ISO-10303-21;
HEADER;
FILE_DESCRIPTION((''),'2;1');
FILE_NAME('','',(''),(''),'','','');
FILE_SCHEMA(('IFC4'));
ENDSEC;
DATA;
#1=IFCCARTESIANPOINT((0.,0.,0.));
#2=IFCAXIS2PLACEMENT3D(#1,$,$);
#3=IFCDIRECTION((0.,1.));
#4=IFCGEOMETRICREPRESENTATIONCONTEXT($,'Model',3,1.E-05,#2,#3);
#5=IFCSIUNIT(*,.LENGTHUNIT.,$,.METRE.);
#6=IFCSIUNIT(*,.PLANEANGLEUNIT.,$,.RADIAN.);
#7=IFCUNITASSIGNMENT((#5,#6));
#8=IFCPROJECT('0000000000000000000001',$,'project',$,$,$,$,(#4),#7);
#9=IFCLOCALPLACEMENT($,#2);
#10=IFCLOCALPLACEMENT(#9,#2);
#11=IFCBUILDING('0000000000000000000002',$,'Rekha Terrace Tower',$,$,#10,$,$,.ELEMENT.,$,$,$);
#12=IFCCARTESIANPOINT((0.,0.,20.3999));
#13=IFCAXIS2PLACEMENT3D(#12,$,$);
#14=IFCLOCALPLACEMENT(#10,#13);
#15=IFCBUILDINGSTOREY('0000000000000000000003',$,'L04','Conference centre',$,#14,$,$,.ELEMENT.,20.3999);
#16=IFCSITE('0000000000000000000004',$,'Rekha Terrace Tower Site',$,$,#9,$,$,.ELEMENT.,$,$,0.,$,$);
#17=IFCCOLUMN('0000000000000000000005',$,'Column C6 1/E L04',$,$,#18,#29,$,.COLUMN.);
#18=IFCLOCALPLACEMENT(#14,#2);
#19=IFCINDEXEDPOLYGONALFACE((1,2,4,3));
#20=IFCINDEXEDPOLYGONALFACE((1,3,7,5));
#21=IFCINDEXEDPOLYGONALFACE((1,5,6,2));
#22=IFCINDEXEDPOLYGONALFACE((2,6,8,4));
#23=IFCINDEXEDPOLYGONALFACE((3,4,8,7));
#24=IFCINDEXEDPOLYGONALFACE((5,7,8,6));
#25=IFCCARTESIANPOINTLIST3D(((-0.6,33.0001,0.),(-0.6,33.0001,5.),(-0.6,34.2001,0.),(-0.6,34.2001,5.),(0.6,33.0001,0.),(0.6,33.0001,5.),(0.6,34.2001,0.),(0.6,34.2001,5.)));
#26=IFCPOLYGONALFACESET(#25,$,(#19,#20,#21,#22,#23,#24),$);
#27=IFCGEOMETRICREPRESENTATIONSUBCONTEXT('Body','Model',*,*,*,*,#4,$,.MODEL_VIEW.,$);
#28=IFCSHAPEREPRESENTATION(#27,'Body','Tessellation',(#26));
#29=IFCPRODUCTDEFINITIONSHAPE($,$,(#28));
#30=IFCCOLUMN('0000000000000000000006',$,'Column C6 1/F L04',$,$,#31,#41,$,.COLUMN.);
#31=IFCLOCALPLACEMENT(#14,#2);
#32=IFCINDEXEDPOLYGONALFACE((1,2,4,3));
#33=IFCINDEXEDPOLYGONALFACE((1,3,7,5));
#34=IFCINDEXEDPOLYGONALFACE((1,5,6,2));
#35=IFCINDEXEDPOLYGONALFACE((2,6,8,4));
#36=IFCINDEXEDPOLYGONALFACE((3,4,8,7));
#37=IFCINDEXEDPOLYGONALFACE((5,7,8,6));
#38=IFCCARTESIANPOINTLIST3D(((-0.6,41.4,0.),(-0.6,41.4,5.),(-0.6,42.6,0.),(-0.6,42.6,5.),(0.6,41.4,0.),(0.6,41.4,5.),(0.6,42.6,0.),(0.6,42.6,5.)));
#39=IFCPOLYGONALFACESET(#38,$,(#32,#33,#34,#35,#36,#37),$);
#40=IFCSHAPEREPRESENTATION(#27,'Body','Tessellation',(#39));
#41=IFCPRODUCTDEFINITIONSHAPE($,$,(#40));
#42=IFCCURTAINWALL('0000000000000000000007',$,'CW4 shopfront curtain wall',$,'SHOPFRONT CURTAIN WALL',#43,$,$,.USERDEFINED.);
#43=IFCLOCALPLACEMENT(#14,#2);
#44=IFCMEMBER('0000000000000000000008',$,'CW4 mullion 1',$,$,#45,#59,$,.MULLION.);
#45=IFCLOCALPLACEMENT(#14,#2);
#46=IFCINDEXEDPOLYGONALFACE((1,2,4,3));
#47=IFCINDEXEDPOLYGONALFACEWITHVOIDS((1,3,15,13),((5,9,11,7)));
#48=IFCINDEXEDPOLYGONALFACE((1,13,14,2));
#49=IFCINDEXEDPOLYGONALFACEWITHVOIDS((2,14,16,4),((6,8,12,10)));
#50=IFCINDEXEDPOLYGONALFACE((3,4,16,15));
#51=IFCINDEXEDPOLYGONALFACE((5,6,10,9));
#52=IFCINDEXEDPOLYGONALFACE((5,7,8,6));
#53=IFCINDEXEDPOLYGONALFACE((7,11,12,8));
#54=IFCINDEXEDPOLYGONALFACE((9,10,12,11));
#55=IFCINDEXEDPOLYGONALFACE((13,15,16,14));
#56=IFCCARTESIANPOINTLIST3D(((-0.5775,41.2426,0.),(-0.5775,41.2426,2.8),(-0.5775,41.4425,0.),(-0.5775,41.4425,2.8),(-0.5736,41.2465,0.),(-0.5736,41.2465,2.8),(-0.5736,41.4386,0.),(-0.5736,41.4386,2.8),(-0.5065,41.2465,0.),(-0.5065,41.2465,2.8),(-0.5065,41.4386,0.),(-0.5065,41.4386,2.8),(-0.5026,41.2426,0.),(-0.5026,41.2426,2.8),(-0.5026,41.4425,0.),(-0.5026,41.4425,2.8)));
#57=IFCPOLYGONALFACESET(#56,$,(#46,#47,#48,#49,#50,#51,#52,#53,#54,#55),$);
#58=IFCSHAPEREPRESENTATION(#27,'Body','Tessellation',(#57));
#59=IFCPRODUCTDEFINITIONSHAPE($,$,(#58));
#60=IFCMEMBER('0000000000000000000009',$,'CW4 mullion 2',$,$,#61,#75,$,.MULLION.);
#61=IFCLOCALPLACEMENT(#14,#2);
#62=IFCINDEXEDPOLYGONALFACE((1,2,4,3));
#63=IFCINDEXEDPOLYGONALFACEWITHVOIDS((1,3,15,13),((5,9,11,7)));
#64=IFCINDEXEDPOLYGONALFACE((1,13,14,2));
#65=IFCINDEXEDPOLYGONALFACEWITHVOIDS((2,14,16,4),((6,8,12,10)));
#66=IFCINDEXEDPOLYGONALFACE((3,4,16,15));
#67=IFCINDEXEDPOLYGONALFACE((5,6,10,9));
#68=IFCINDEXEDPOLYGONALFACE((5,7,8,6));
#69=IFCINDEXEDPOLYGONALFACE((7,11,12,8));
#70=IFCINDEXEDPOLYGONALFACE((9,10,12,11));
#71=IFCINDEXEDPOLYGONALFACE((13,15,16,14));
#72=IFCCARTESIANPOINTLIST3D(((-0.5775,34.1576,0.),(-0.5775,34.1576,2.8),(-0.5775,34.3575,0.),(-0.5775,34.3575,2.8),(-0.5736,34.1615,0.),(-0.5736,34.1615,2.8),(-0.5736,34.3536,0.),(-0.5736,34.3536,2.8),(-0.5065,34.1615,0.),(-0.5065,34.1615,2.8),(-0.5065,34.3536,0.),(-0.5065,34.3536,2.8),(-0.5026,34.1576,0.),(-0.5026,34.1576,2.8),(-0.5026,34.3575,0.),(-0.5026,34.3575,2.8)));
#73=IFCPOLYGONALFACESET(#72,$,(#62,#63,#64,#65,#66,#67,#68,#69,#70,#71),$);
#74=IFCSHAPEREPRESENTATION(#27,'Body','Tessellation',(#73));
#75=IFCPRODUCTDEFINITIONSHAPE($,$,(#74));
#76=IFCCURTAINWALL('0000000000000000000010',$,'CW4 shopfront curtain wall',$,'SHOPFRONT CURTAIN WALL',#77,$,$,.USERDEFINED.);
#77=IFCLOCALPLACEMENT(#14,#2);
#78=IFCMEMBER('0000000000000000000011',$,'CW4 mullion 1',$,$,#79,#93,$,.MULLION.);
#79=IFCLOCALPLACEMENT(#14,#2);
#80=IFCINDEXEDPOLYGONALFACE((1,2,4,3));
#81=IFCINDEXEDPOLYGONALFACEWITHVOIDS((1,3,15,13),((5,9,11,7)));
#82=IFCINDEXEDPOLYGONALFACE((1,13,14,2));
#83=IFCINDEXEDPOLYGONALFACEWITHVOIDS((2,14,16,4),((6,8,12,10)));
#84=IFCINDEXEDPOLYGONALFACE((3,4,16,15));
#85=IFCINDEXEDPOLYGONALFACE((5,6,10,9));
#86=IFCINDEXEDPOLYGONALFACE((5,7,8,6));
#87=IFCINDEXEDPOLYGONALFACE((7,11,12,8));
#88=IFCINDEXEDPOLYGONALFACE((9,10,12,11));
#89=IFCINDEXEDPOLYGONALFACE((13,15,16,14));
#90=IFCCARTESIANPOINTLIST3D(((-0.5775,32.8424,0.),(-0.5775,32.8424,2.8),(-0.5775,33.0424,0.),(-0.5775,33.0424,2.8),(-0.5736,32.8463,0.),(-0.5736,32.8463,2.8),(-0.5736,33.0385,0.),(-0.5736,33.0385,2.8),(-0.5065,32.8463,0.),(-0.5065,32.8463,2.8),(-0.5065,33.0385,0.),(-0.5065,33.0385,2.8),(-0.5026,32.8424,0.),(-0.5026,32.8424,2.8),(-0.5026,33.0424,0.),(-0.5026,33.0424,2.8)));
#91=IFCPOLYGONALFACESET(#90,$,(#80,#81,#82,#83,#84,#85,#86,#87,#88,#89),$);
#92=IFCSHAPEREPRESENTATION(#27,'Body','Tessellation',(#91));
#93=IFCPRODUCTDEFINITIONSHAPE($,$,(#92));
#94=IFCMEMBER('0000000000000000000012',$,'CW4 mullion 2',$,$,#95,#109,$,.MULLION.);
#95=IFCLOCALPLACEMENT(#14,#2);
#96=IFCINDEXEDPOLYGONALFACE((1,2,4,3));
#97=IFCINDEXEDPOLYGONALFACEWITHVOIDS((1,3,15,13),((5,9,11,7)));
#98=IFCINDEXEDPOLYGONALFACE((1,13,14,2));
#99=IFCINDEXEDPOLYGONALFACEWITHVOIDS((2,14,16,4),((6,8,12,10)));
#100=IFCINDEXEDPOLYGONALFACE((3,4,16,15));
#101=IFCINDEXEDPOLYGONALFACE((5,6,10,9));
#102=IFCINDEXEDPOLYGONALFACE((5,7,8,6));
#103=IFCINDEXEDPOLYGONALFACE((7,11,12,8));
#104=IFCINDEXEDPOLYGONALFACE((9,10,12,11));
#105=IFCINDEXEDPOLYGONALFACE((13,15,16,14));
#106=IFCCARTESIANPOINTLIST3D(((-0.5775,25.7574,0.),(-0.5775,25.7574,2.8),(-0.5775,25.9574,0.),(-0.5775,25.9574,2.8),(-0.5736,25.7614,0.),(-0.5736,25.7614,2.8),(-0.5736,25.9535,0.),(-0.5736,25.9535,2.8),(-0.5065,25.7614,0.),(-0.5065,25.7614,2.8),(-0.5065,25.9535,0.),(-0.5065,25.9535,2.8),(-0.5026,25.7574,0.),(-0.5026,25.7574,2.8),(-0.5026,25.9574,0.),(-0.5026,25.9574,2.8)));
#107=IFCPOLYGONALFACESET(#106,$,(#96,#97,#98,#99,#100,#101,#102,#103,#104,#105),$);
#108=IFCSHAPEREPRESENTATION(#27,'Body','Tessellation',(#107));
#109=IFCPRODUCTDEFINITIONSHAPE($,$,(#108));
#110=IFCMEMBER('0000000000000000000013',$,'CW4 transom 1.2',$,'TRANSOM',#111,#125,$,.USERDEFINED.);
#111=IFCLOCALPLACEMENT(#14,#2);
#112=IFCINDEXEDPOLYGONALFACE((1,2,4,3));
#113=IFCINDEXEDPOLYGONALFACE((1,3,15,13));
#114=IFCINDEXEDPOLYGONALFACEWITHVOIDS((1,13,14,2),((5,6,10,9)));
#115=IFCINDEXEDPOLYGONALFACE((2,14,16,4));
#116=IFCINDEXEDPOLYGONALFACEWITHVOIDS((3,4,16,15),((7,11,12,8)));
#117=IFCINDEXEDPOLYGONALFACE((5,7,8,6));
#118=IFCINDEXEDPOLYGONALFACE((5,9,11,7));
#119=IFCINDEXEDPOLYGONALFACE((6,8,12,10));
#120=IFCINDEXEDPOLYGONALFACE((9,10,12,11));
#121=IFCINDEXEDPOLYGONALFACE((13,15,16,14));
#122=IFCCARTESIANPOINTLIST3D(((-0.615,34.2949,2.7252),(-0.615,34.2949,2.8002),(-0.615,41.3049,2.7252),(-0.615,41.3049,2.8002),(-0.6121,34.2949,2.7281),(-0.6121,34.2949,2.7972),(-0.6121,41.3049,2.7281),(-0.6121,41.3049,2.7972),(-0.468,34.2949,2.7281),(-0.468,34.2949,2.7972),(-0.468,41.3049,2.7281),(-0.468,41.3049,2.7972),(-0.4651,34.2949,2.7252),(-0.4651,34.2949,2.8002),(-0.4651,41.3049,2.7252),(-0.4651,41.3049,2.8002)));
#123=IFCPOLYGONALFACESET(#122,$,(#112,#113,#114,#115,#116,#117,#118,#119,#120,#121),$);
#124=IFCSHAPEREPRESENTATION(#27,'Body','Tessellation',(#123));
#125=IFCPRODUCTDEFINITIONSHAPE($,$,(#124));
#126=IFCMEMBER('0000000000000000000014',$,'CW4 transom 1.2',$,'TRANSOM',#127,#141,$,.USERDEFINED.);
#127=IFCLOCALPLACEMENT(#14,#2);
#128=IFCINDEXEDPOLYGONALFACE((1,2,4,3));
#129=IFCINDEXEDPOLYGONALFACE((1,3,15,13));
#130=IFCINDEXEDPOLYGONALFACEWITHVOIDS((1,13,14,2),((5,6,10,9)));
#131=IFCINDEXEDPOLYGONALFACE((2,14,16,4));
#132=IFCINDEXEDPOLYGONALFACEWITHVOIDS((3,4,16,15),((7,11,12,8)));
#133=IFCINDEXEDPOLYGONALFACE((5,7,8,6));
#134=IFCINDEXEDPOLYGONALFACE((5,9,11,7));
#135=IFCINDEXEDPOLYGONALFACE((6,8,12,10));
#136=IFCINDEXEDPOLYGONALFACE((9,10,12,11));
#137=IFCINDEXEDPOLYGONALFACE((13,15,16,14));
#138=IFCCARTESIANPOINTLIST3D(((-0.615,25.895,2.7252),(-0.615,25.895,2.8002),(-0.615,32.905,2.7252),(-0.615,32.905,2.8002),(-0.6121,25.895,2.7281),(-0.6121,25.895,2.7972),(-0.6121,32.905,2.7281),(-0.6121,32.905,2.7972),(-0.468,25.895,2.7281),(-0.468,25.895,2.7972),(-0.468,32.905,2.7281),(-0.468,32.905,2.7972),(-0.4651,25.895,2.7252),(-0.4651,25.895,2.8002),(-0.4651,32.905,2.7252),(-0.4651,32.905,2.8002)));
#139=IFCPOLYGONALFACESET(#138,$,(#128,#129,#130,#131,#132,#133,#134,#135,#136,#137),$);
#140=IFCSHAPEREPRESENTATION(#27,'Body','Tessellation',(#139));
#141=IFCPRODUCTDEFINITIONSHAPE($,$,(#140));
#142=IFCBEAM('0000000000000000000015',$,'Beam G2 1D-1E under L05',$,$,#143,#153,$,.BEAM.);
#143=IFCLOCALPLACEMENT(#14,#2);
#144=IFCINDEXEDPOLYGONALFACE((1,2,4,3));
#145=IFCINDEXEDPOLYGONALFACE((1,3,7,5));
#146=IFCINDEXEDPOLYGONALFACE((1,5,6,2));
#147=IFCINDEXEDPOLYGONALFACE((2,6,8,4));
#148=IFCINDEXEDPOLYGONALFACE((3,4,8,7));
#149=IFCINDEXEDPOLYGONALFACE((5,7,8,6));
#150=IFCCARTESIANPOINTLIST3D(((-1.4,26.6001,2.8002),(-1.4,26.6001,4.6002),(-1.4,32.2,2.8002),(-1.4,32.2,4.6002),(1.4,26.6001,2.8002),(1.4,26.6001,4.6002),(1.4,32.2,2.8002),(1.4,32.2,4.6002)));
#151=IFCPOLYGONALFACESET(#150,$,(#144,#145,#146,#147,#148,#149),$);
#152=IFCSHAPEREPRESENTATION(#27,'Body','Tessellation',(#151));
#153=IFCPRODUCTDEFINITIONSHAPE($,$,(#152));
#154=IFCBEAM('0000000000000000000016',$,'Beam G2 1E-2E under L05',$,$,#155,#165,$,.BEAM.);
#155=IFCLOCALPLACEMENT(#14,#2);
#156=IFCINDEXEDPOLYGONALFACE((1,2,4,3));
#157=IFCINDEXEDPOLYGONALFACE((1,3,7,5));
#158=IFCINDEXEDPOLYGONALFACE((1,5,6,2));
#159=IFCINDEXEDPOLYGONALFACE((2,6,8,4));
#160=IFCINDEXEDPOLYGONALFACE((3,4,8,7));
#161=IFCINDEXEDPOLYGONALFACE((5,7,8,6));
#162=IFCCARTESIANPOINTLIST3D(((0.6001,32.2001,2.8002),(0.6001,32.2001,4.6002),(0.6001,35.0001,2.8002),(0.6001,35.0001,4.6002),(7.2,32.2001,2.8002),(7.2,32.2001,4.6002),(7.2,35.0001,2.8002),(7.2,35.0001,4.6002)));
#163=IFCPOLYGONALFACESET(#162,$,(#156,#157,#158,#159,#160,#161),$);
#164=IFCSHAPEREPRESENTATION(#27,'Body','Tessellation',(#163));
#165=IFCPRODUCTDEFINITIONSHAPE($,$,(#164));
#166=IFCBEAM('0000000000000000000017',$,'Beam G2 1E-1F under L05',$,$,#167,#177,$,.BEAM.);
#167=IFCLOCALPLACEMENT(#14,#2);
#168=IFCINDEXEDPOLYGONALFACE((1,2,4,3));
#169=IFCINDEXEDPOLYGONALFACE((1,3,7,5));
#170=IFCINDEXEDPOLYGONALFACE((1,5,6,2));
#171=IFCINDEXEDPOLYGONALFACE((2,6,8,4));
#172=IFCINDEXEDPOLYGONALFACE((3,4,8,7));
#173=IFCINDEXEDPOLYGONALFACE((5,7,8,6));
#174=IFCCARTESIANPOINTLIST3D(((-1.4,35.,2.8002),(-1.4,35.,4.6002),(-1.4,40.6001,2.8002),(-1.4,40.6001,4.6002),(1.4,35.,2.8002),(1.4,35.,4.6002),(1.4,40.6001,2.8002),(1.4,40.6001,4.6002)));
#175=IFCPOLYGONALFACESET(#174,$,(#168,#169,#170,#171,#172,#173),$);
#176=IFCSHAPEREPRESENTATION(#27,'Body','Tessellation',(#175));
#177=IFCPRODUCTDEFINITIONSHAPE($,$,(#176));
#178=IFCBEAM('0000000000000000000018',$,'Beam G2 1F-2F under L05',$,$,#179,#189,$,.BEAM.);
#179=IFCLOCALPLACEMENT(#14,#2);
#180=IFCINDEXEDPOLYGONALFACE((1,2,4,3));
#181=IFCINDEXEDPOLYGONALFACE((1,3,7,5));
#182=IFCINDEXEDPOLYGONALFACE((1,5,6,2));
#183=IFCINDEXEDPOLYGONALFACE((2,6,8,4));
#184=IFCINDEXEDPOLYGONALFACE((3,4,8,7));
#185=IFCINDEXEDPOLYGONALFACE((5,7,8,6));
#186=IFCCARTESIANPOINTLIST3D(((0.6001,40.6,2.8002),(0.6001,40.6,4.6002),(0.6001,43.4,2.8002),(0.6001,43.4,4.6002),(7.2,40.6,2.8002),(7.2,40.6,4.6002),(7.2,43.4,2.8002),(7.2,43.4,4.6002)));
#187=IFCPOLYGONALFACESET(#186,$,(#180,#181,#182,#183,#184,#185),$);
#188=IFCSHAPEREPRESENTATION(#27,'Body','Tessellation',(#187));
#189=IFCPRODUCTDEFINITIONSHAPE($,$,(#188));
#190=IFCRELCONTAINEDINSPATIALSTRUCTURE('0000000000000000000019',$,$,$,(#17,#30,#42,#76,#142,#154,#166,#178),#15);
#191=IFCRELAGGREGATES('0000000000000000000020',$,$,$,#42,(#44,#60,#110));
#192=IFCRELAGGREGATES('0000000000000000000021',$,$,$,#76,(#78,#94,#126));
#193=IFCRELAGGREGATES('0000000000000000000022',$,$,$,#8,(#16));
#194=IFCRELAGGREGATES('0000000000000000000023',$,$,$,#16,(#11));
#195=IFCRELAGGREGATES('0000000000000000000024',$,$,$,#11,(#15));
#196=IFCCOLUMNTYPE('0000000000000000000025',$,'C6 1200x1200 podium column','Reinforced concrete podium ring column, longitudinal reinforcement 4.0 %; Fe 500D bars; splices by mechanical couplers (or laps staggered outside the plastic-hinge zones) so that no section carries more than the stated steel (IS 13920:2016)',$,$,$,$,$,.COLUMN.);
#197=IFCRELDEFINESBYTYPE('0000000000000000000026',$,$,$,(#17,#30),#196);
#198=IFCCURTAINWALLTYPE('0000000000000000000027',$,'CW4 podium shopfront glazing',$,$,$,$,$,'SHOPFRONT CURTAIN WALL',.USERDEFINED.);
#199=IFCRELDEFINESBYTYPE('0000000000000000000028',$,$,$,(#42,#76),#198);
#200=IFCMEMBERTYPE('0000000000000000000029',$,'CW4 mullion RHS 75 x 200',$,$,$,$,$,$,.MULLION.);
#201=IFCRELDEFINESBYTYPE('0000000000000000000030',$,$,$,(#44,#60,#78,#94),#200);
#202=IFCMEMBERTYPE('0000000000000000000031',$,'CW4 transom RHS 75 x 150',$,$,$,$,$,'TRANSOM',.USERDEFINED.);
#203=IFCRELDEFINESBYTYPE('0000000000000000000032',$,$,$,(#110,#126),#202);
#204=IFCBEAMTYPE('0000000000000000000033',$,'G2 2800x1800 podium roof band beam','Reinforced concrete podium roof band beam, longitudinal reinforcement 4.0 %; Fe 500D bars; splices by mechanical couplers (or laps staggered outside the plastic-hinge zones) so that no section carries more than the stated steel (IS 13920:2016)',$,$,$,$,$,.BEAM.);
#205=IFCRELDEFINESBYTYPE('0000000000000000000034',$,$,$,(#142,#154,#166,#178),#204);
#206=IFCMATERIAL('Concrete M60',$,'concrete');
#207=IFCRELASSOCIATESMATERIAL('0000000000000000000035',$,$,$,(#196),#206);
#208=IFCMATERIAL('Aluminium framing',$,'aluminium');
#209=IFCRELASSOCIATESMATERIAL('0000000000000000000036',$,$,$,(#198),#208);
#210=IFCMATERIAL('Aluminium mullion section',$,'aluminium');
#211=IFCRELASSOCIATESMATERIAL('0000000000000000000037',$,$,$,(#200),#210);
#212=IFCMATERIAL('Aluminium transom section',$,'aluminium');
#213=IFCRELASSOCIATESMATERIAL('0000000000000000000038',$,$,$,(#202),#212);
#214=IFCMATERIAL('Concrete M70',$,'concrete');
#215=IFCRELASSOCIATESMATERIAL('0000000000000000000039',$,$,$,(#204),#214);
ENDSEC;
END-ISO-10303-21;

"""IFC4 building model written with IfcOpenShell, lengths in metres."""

from ifc_helpers import new_model, si_unit, direction, frame, origin, origin_2d, place, context, subcontext, project, spatial, rectangle, hollow_rectangle, extrude, material, material_profile, profile_set, type_object, element, aggregate, save


model = new_model("IFC4")

# Units and contexts
model_context = context("Model", 3, precision=1e-05, world=origin(), true_north=direction((0.0, 1.0)))
body_context = subcontext(model_context, "Body", "Model", "MODEL_VIEW")
ifc_project = project(units=[si_unit("LENGTHUNIT", "METRE"), si_unit("PLANEANGLEUNIT", "RADIAN")], contexts=[model_context])

# Site, building, storey
site_placement = place(None, origin())
site = spatial("IfcSite", under=ifc_project, at=site_placement, Name="Rekha Terrace Tower Site", CompositionType="ELEMENT", RefElevation=0.0)
building_placement = place(site_placement, origin())
building = spatial("IfcBuilding", under=site, at=building_placement, Name="Rekha Terrace Tower", CompositionType="ELEMENT")
storey_placement = place(building_placement, frame((0.0, 0.0, 20.3999)))
storey = spatial("IfcBuildingStorey", under=building, at=storey_placement, Name="L04", Description="Conference centre", CompositionType="ELEMENT", Elevation=20.3999)

# Columns
ifc_material_1 = material(Name="Concrete M60", Category="concrete")
ifc_material_profile_1 = material_profile(ifc_material_1, rectangle(XDim=1.2, YDim=1.2, at=origin_2d()), Name="RC 1200x1200")
ifc_profile_set_1 = profile_set([ifc_material_profile_1], Name="Concrete M60")
column_type = type_object("IfcColumnType", Name="C6 1200x1200 podium column", Description="Reinforced concrete podium ring column, longitudinal reinforcement 4.0 %; Fe 500D bars; splices by mechanical couplers (or laps staggered outside the plastic-hinge zones) so that no section carries more than the stated steel (IS 13920:2016)", PredefinedType="COLUMN", material=ifc_profile_set_1)
for number, where, z_axis, x_axis, name in (
    (1, (0.0, 33.6001, 0.0), (0.0, 0.0, 1.0), (1.0, 0.0, 0.0), "Column C6 1/E L04"),
    (2, (0.0, 42.0, 0.0), (0.0, 0.0, 1.0), (1.0, 0.0, 0.0), "Column C6 1/F L04"),
):
    element("IfcColumn", number, at=place(storey_placement, frame(where, z_axis=z_axis, x_axis=x_axis)), inside=storey, type_object=column_type, Name=name, PredefinedType="COLUMN", context=body_context, shape_type="SweptSolid", body=[
        extrude(rectangle(XDim=1.2, YDim=1.2, at=origin_2d()), origin(), (0.0, 0.0, 1.0), 5.0),
    ])

# Curtain walls, members
ifc_material_2 = material(Name="Aluminium framing", Category="aluminium")
curtain_wall_type = type_object("IfcCurtainWallType", Name="CW4 podium shopfront glazing", ElementType="SHOPFRONT CURTAIN WALL", PredefinedType="USERDEFINED", material=ifc_material_2)
curtain_wall_1_placement = place(storey_placement, origin())
curtain_wall_1 = element("IfcCurtainWall", 3, at=curtain_wall_1_placement, inside=storey, type_object=curtain_wall_type, Name="CW4 shopfront curtain wall", ObjectType="SHOPFRONT CURTAIN WALL", PredefinedType="USERDEFINED")
ifc_material_3 = material(Name="Aluminium mullion section", Category="aluminium")
ifc_material_profile_2 = material_profile(ifc_material_3, hollow_rectangle(XDim=0.075, YDim=0.2, WallThickness=0.0039, at=origin_2d()), Name="AL RHS 75x200")
ifc_profile_set_2 = profile_set([ifc_material_profile_2], Name="Aluminium mullion section")
member_type_1 = type_object("IfcMemberType", Name="CW4 mullion RHS 75 x 200", PredefinedType="MULLION", material=ifc_profile_set_2)
member_1_placement = place(storey_placement, frame((-0.54, 41.3425, 0.0), z_axis=(0.0, 0.0, 1.0), x_axis=(1.0, 0.0, 0.0)))
member_1 = element("IfcMember", 4, at=member_1_placement, type_object=member_type_1, Name="CW4 mullion 1", PredefinedType="MULLION", context=body_context, shape_type="SweptSolid", body=[
    extrude(hollow_rectangle(XDim=0.075, YDim=0.2, WallThickness=0.0039, at=origin_2d()), origin(), (0.0, 0.0, 1.0), 2.8),
])
member_2_placement = place(storey_placement, frame((-0.54, 34.2576, 0.0), z_axis=(0.0, 0.0, 1.0), x_axis=(1.0, 0.0, 0.0)))
member_2 = element("IfcMember", 5, at=member_2_placement, type_object=member_type_1, Name="CW4 mullion 2", PredefinedType="MULLION", context=body_context, shape_type="SweptSolid", body=[
    extrude(hollow_rectangle(XDim=0.075, YDim=0.2, WallThickness=0.0039, at=origin_2d()), origin(), (0.0, 0.0, 1.0), 2.8),
])
curtain_wall_2_placement = place(storey_placement, origin())
curtain_wall_2 = element("IfcCurtainWall", 6, at=curtain_wall_2_placement, inside=storey, type_object=curtain_wall_type, Name="CW4 shopfront curtain wall", ObjectType="SHOPFRONT CURTAIN WALL", PredefinedType="USERDEFINED")
member_3_placement = place(storey_placement, frame((-0.54, 32.9424, 0.0), z_axis=(0.0, 0.0, 1.0), x_axis=(1.0, 0.0, 0.0)))
member_3 = element("IfcMember", 7, at=member_3_placement, type_object=member_type_1, Name="CW4 mullion 1", PredefinedType="MULLION", context=body_context, shape_type="SweptSolid", body=[
    extrude(hollow_rectangle(XDim=0.075, YDim=0.2, WallThickness=0.0039, at=origin_2d()), origin(), (0.0, 0.0, 1.0), 2.8),
])
member_4_placement = place(storey_placement, frame((-0.54, 25.8574, 0.0), z_axis=(0.0, 0.0, 1.0), x_axis=(1.0, 0.0, 0.0)))
member_4 = element("IfcMember", 8, at=member_4_placement, type_object=member_type_1, Name="CW4 mullion 2", PredefinedType="MULLION", context=body_context, shape_type="SweptSolid", body=[
    extrude(hollow_rectangle(XDim=0.075, YDim=0.2, WallThickness=0.0039, at=origin_2d()), origin(), (0.0, 0.0, 1.0), 2.8),
])

# Members
ifc_material_4 = material(Name="Aluminium transom section", Category="aluminium")
ifc_material_profile_3 = material_profile(ifc_material_4, hollow_rectangle(XDim=0.1499, YDim=0.075, WallThickness=0.0029, at=origin_2d()), Name="AL RHS 150x75")
ifc_profile_set_3 = profile_set([ifc_material_profile_3], Name="Aluminium transom section")
member_type_2 = type_object("IfcMemberType", Name="CW4 transom RHS 75 x 150", ElementType="TRANSOM", PredefinedType="USERDEFINED", material=ifc_profile_set_3)
member_5_placement = place(storey_placement, frame((-0.54, 41.3049, 2.7627), z_axis=(0.0, -1.0, 0.0), x_axis=(1.0, 0.0, 0.0)))
member_5 = element("IfcMember", 9, at=member_5_placement, type_object=member_type_2, Name="CW4 transom 1.2", ObjectType="TRANSOM", PredefinedType="USERDEFINED", context=body_context, shape_type="SweptSolid", body=[
    extrude(hollow_rectangle(XDim=0.1499, YDim=0.075, WallThickness=0.0029, at=origin_2d()), origin(), (0.0, 0.0, 1.0), 7.01),
])
member_6_placement = place(storey_placement, frame((-0.54, 32.905, 2.7627), z_axis=(0.0, -1.0, 0.0), x_axis=(1.0, 0.0, 0.0)))
member_6 = element("IfcMember", 10, at=member_6_placement, type_object=member_type_2, Name="CW4 transom 1.2", ObjectType="TRANSOM", PredefinedType="USERDEFINED", context=body_context, shape_type="SweptSolid", body=[
    extrude(hollow_rectangle(XDim=0.1499, YDim=0.075, WallThickness=0.0029, at=origin_2d()), origin(), (0.0, 0.0, 1.0), 7.01),
])

# Beams
ifc_material_5 = material(Name="Concrete M70", Category="concrete")
ifc_material_profile_4 = material_profile(ifc_material_5, rectangle(XDim=2.8, YDim=1.8, at=origin_2d()), Name="RC 2800x1800")
ifc_profile_set_4 = profile_set([ifc_material_profile_4], Name="Concrete M70")
beam_type = type_object("IfcBeamType", Name="G2 2800x1800 podium roof band beam", Description="Reinforced concrete podium roof band beam, longitudinal reinforcement 4.0 %; Fe 500D bars; splices by mechanical couplers (or laps staggered outside the plastic-hinge zones) so that no section carries more than the stated steel (IS 13920:2016)", PredefinedType="BEAM", material=ifc_profile_set_4)
beam_1_placement = place(storey_placement, frame((0.0, 26.6001, 3.7002), z_axis=(0.0, 1.0, 0.0), x_axis=(-1.0, 0.0, 0.0)))
element("IfcBeam", 11, at=beam_1_placement, inside=storey, type_object=beam_type, Name="Beam G2 1D-1E under L05", PredefinedType="BEAM", context=body_context, shape_type="SweptSolid", body=[
    extrude(rectangle(XDim=2.8, YDim=1.8, at=origin_2d()), origin(), (0.0, 0.0, 1.0), 5.5999),
])
beam_2_placement = place(storey_placement, frame((0.6001, 33.6001, 3.7002), z_axis=(1.0, 0.0, 0.0), x_axis=(0.0, 1.0, 0.0)))
element("IfcBeam", 12, at=beam_2_placement, inside=storey, type_object=beam_type, Name="Beam G2 1E-2E under L05", PredefinedType="BEAM", context=body_context, shape_type="SweptSolid", body=[
    extrude(rectangle(XDim=2.8, YDim=1.8, at=origin_2d()), origin(), (0.0, 0.0, 1.0), 6.5999),
])
beam_3_placement = place(storey_placement, frame((0.0, 35.0, 3.7002), z_axis=(0.0, 1.0, 0.0), x_axis=(-1.0, 0.0, 0.0)))
element("IfcBeam", 13, at=beam_3_placement, inside=storey, type_object=beam_type, Name="Beam G2 1E-1F under L05", PredefinedType="BEAM", context=body_context, shape_type="SweptSolid", body=[
    extrude(rectangle(XDim=2.8, YDim=1.8, at=origin_2d()), origin(), (0.0, 0.0, 1.0), 5.6001),
])
beam_4_placement = place(storey_placement, frame((0.6001, 42.0, 3.7002), z_axis=(1.0, 0.0, 0.0), x_axis=(0.0, 1.0, 0.0)))
element("IfcBeam", 14, at=beam_4_placement, inside=storey, type_object=beam_type, Name="Beam G2 1F-2F under L05", PredefinedType="BEAM", context=body_context, shape_type="SweptSolid", body=[
    extrude(rectangle(XDim=2.8, YDim=1.8, at=origin_2d()), origin(), (0.0, 0.0, 1.0), 6.5999),
])

aggregate(curtain_wall_1, [member_1, member_2, member_5])
aggregate(curtain_wall_2, [member_3, member_4, member_6])

save(model, "model.ifc")
